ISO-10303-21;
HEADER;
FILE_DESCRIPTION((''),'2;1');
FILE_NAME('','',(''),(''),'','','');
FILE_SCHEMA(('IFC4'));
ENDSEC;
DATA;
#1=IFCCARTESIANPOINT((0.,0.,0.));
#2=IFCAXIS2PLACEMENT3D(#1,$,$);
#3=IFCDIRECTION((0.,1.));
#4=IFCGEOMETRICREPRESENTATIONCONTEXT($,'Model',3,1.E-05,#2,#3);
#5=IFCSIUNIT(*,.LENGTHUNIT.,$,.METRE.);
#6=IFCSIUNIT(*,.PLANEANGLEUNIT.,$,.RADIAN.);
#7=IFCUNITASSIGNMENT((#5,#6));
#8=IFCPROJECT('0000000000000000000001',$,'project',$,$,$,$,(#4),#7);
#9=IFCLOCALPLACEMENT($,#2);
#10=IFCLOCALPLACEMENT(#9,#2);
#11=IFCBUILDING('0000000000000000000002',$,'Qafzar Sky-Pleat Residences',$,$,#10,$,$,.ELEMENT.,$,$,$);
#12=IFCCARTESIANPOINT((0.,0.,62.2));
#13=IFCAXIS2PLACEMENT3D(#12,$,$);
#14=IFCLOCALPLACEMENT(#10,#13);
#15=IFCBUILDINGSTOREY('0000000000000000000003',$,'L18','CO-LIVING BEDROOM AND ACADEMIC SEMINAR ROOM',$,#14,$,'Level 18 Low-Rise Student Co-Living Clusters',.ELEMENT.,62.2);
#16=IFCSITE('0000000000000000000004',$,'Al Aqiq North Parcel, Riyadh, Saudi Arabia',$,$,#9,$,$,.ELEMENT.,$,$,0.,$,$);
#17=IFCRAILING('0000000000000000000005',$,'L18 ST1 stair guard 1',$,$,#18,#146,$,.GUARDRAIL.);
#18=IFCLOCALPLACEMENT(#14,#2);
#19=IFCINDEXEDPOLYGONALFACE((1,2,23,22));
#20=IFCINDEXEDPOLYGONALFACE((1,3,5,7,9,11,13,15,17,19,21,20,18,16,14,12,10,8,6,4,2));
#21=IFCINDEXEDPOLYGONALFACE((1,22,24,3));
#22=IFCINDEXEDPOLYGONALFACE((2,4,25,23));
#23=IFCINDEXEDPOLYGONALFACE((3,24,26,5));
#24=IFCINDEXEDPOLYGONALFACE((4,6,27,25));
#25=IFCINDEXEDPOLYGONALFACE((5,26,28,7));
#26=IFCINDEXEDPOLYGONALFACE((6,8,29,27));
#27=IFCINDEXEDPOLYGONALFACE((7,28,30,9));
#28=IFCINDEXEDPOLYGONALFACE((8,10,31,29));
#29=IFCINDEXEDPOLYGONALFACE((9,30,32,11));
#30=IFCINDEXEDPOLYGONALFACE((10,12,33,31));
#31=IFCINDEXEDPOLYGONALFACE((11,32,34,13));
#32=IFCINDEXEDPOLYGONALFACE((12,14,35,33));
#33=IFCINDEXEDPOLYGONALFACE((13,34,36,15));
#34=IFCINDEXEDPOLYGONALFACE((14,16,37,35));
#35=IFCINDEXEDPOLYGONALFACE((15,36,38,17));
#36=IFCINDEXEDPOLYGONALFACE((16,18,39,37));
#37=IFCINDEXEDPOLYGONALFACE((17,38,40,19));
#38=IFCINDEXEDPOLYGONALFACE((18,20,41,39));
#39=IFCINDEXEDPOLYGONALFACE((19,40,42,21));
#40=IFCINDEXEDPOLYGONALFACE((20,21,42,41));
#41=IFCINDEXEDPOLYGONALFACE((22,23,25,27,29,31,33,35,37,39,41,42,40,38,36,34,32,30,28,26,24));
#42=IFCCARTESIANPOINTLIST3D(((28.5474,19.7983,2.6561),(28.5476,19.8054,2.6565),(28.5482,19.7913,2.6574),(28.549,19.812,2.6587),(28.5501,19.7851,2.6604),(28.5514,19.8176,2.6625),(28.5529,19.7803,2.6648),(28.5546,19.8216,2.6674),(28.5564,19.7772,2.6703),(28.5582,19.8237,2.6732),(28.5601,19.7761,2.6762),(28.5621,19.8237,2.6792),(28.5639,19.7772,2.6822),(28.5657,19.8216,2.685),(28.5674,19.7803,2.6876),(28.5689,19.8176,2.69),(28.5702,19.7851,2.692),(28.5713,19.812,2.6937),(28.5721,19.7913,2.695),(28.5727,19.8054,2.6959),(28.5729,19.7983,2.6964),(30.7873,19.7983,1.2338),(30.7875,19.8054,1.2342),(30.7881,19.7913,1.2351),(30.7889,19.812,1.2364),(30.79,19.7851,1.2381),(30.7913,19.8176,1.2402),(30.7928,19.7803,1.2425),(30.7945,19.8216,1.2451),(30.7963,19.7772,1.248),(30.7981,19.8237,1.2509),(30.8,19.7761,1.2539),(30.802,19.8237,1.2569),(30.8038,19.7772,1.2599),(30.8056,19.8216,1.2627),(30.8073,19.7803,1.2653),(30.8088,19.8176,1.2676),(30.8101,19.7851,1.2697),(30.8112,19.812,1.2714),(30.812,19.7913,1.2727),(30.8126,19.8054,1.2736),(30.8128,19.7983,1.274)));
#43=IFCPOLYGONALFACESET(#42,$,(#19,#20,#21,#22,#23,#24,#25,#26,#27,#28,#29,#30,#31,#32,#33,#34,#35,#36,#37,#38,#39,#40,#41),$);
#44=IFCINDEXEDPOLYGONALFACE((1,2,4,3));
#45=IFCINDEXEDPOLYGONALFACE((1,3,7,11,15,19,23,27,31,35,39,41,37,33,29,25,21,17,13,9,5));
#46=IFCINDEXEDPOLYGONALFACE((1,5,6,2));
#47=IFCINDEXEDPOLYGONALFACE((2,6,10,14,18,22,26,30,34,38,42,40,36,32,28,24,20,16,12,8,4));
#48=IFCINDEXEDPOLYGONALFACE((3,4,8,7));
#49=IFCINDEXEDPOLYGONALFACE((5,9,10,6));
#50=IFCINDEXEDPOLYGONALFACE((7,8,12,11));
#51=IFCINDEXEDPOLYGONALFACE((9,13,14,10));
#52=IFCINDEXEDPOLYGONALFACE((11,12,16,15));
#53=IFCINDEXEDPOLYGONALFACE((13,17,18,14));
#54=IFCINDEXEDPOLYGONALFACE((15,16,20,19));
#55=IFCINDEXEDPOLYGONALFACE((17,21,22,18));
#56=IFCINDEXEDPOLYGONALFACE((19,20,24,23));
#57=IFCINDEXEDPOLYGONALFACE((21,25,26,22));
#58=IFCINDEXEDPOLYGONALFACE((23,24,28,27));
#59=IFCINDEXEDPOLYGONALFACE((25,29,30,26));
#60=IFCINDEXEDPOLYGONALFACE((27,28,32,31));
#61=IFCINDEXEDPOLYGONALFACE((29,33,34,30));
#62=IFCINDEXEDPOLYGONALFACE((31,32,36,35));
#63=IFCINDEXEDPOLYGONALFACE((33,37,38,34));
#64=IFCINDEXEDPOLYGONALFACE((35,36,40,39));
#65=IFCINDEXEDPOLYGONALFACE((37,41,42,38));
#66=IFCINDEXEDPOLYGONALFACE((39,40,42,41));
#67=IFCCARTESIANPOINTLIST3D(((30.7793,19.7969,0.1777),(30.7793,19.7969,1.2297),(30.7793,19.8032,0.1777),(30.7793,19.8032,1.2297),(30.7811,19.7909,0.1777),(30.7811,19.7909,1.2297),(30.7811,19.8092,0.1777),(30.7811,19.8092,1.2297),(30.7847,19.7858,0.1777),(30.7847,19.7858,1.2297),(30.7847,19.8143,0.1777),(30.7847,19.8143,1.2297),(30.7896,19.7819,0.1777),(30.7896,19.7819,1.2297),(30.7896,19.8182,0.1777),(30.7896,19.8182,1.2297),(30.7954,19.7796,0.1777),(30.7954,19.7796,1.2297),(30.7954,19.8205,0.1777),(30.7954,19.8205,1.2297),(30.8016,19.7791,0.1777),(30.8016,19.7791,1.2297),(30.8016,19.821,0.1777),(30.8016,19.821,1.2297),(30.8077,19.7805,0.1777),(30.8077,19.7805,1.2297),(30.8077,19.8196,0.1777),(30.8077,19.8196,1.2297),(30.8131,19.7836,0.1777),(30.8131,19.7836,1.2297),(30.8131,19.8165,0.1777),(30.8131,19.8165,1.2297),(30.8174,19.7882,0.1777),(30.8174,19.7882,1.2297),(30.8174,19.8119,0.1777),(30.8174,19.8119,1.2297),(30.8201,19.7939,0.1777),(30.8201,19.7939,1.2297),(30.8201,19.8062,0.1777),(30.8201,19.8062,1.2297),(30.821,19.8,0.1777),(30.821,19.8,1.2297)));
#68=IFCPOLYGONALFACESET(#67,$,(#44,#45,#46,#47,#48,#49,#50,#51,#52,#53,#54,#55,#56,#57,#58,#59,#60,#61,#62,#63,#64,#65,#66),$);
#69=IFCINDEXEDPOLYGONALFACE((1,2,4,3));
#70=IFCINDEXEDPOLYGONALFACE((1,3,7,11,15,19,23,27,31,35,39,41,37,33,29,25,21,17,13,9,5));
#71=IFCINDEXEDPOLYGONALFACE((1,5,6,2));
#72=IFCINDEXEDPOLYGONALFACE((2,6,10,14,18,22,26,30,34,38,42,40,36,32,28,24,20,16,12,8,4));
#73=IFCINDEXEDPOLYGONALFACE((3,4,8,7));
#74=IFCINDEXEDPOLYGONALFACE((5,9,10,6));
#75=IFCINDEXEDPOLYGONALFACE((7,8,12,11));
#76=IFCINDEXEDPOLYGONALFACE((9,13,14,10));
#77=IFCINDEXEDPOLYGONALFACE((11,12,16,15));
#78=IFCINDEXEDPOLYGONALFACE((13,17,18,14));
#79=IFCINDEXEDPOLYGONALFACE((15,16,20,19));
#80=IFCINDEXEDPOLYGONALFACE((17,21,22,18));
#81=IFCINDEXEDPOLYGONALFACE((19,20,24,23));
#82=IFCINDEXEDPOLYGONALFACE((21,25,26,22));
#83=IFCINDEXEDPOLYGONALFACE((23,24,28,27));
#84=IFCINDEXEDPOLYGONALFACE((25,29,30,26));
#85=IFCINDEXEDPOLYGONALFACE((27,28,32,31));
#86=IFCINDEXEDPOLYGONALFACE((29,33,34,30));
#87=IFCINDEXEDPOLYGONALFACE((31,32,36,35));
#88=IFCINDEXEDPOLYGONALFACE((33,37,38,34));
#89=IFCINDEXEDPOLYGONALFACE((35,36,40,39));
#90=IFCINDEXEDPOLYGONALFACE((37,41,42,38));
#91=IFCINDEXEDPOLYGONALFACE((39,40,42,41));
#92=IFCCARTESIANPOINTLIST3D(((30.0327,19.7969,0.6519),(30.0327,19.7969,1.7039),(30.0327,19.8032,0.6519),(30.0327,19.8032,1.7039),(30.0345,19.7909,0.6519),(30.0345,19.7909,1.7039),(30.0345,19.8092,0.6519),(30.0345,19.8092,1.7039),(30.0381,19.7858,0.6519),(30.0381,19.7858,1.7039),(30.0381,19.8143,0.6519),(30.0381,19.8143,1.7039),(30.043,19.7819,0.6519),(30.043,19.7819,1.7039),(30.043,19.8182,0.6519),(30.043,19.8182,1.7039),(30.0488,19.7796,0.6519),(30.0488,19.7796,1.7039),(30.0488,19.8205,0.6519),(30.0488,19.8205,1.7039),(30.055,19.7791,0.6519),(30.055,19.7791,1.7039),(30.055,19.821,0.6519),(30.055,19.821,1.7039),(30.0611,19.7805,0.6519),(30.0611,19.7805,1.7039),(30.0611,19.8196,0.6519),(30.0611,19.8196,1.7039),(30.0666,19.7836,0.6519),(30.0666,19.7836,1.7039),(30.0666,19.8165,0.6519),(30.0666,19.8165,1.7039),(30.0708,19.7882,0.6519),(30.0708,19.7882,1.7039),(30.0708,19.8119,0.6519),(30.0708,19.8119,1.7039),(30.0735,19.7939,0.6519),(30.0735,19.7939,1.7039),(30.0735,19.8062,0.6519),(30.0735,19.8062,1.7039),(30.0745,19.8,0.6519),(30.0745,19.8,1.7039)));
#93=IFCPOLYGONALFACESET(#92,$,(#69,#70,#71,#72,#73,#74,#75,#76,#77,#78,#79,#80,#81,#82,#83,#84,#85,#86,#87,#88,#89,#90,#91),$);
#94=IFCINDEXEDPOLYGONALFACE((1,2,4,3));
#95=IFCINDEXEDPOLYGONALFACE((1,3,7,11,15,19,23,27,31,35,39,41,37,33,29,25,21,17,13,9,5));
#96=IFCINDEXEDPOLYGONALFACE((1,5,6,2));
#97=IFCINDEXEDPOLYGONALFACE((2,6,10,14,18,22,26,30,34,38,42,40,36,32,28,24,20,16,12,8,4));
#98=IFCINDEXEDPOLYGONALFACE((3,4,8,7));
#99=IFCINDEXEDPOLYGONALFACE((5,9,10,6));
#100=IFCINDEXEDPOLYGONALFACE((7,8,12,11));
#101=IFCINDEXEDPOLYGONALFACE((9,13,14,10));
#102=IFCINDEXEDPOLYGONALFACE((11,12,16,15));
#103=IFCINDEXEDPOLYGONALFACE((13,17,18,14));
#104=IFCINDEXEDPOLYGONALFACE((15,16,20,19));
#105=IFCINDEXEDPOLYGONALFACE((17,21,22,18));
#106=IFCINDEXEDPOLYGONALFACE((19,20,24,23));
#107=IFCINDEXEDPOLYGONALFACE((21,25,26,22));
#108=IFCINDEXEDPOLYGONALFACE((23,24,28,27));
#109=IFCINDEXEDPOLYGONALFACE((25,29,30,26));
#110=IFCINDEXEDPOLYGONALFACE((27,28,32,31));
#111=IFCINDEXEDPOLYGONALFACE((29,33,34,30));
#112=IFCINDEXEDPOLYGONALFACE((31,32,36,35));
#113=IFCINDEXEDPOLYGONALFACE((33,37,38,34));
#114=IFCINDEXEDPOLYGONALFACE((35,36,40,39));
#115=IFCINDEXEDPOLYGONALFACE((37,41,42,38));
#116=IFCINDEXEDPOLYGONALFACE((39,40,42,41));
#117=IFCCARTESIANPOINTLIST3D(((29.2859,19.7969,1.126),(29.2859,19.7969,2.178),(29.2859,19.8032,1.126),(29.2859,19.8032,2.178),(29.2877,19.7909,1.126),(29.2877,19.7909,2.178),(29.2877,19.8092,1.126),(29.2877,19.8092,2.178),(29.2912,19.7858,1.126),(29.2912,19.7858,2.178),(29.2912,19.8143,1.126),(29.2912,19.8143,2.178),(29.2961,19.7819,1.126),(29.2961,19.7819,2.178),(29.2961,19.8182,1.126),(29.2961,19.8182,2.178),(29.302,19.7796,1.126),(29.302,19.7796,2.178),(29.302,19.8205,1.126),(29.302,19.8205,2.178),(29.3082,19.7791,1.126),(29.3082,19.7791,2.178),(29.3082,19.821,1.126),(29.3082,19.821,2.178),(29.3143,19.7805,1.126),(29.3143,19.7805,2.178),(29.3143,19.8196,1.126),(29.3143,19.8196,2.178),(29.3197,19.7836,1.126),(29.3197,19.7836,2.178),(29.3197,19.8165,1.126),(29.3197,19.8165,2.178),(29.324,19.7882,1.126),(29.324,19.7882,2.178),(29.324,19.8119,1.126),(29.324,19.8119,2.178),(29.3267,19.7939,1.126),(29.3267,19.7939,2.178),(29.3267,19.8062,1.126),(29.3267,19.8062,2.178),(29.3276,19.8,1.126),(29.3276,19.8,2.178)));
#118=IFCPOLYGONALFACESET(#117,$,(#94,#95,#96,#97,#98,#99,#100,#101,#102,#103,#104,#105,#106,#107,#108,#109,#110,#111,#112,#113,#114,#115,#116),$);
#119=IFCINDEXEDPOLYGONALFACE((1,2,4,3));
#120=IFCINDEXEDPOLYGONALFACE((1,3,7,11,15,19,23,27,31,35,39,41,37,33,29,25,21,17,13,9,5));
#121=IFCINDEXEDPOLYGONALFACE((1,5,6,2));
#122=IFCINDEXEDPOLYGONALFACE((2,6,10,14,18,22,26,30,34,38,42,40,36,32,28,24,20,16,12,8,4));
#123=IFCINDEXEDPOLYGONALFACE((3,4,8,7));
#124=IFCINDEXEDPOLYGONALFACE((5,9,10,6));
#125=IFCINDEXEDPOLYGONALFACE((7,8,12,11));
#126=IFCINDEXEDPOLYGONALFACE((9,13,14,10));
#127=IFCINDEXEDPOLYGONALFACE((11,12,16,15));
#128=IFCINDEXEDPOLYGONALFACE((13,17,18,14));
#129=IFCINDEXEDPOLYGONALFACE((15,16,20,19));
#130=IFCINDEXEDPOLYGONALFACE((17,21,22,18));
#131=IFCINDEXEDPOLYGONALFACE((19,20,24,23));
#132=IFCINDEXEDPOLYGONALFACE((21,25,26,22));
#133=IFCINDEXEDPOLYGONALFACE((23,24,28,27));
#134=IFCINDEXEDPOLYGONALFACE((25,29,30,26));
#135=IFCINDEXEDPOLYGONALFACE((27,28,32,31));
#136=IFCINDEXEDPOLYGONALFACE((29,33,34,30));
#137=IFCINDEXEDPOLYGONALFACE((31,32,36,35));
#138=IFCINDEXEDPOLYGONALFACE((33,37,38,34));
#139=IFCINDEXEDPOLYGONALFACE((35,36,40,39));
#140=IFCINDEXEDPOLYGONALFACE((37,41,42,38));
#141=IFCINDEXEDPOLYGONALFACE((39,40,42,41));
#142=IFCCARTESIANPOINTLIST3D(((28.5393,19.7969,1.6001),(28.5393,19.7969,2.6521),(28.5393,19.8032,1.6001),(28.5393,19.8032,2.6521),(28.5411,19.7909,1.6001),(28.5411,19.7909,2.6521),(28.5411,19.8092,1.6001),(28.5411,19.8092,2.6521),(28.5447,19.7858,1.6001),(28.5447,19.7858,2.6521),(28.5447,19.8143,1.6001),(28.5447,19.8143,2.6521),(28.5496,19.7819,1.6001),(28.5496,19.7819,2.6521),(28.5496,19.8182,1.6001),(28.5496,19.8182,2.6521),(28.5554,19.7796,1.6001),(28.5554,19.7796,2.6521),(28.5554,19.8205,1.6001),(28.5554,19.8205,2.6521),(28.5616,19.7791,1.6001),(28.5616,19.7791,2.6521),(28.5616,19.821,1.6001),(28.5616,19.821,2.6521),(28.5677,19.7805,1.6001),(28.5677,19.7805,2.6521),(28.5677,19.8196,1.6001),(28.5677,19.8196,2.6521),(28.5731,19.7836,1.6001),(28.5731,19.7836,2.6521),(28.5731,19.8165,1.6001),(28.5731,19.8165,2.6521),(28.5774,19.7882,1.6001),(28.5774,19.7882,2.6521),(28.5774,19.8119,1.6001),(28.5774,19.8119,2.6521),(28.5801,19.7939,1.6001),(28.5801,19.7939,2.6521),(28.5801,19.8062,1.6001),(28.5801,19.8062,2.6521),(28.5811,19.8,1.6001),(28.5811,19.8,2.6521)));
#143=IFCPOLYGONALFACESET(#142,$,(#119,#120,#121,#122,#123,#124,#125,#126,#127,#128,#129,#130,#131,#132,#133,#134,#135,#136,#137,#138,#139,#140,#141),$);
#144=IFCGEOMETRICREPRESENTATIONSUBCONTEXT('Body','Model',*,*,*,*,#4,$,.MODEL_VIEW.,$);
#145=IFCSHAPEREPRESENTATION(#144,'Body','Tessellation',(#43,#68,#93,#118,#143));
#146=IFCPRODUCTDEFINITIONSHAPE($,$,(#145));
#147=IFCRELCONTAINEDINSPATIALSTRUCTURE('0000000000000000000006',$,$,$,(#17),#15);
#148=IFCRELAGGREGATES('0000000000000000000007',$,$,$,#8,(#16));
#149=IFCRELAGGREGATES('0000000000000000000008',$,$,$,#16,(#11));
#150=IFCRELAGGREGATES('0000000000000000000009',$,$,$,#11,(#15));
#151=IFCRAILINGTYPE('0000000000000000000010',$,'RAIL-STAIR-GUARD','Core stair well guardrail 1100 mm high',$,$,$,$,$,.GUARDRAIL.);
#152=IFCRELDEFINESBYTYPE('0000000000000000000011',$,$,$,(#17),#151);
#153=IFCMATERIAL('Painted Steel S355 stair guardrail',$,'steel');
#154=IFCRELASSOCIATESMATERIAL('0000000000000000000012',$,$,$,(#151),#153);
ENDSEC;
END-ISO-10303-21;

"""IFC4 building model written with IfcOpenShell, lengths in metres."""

from ifc_helpers import new_model, si_unit, direction, frame, origin, origin_2d, place, context, subcontext, project, spatial, circle, extrude, source, transform, mapped, material, type_object, element, save


model = new_model("IFC4")

# Units and contexts
model_context = context("Model", 3, precision=1e-05, world=origin(), true_north=direction((0.0, 1.0)))
body_context = subcontext(model_context, "Body", "Model", "MODEL_VIEW")
ifc_project = project(units=[si_unit("LENGTHUNIT", "METRE"), si_unit("PLANEANGLEUNIT", "RADIAN")], contexts=[model_context])

# Site, building, storey
site_placement = place(None, origin())
site = spatial("IfcSite", under=ifc_project, at=site_placement, Name="Al Aqiq North Parcel, Riyadh, Saudi Arabia", CompositionType="ELEMENT", RefElevation=0.0)
building_placement = place(site_placement, origin())
building = spatial("IfcBuilding", under=site, at=building_placement, Name="Qafzar Sky-Pleat Residences", CompositionType="ELEMENT")
storey_placement = place(building_placement, frame((0.0, 0.0, 62.2)))
storey = spatial("IfcBuildingStorey", under=building, at=storey_placement, Name="L18", Description="CO-LIVING BEDROOM AND ACADEMIC SEMINAR ROOM", LongName="Level 18 Low-Rise Student Co-Living Clusters", CompositionType="ELEMENT", Elevation=62.2)

# Railing
ifc_material_1 = material(Name="Painted Steel S355 stair guardrail", Category="steel")
railing_type_1 = type_object("IfcRailingType", Name="RAIL-STAIR-GUARD", Description="Core stair well guardrail 1100 mm high", PredefinedType="GUARDRAIL", material=ifc_material_1)
shared_shape_1 = source(origin(), body_context, "Body", "SweptSolid", [
    extrude(circle(Radius=0.0239, at=origin_2d()), frame((0.0, 0.0, 1.0762), z_axis=(-0.844188, 0.0, 0.536048), x_axis=(0.0, -1.0, 0.0)), (0.0, 0.0, 1.0), 2.6533),
    extrude(circle(Radius=0.021, at=origin_2d()), origin(), (0.0, 0.0, 1.0), 1.052),
    extrude(circle(Radius=0.021, at=origin_2d()), frame((-0.7466, 0.0, 0.4741)), (0.0, 0.0, 1.0), 1.052),
    extrude(circle(Radius=0.021, at=origin_2d()), frame((-1.4934, 0.0, 0.9482)), (0.0, 0.0, 1.0), 1.052),
    extrude(circle(Radius=0.021, at=origin_2d()), frame((-2.24, 0.0, 1.4224)), (0.0, 0.0, 1.0), 1.052),
])
railing_1_placement = place(storey_placement, frame((30.8, 19.8, 0.1777)))
element("IfcRailing", 1, at=railing_1_placement, inside=storey, type_object=railing_type_1, Name="L18 ST1 stair guard 1", PredefinedType="GUARDRAIL", context=body_context, shape_type="MappedRepresentation", body=[
    mapped(shared_shape_1, transform((0.0, 0.0, 0.0), x_axis=(1.0, 0.0, 0.0), y_axis=(0.0, 1.0, 0.0), z_axis=(0.0, 0.0, 1.0), scale=1.0)),
])

save(model, "model.ifc")
